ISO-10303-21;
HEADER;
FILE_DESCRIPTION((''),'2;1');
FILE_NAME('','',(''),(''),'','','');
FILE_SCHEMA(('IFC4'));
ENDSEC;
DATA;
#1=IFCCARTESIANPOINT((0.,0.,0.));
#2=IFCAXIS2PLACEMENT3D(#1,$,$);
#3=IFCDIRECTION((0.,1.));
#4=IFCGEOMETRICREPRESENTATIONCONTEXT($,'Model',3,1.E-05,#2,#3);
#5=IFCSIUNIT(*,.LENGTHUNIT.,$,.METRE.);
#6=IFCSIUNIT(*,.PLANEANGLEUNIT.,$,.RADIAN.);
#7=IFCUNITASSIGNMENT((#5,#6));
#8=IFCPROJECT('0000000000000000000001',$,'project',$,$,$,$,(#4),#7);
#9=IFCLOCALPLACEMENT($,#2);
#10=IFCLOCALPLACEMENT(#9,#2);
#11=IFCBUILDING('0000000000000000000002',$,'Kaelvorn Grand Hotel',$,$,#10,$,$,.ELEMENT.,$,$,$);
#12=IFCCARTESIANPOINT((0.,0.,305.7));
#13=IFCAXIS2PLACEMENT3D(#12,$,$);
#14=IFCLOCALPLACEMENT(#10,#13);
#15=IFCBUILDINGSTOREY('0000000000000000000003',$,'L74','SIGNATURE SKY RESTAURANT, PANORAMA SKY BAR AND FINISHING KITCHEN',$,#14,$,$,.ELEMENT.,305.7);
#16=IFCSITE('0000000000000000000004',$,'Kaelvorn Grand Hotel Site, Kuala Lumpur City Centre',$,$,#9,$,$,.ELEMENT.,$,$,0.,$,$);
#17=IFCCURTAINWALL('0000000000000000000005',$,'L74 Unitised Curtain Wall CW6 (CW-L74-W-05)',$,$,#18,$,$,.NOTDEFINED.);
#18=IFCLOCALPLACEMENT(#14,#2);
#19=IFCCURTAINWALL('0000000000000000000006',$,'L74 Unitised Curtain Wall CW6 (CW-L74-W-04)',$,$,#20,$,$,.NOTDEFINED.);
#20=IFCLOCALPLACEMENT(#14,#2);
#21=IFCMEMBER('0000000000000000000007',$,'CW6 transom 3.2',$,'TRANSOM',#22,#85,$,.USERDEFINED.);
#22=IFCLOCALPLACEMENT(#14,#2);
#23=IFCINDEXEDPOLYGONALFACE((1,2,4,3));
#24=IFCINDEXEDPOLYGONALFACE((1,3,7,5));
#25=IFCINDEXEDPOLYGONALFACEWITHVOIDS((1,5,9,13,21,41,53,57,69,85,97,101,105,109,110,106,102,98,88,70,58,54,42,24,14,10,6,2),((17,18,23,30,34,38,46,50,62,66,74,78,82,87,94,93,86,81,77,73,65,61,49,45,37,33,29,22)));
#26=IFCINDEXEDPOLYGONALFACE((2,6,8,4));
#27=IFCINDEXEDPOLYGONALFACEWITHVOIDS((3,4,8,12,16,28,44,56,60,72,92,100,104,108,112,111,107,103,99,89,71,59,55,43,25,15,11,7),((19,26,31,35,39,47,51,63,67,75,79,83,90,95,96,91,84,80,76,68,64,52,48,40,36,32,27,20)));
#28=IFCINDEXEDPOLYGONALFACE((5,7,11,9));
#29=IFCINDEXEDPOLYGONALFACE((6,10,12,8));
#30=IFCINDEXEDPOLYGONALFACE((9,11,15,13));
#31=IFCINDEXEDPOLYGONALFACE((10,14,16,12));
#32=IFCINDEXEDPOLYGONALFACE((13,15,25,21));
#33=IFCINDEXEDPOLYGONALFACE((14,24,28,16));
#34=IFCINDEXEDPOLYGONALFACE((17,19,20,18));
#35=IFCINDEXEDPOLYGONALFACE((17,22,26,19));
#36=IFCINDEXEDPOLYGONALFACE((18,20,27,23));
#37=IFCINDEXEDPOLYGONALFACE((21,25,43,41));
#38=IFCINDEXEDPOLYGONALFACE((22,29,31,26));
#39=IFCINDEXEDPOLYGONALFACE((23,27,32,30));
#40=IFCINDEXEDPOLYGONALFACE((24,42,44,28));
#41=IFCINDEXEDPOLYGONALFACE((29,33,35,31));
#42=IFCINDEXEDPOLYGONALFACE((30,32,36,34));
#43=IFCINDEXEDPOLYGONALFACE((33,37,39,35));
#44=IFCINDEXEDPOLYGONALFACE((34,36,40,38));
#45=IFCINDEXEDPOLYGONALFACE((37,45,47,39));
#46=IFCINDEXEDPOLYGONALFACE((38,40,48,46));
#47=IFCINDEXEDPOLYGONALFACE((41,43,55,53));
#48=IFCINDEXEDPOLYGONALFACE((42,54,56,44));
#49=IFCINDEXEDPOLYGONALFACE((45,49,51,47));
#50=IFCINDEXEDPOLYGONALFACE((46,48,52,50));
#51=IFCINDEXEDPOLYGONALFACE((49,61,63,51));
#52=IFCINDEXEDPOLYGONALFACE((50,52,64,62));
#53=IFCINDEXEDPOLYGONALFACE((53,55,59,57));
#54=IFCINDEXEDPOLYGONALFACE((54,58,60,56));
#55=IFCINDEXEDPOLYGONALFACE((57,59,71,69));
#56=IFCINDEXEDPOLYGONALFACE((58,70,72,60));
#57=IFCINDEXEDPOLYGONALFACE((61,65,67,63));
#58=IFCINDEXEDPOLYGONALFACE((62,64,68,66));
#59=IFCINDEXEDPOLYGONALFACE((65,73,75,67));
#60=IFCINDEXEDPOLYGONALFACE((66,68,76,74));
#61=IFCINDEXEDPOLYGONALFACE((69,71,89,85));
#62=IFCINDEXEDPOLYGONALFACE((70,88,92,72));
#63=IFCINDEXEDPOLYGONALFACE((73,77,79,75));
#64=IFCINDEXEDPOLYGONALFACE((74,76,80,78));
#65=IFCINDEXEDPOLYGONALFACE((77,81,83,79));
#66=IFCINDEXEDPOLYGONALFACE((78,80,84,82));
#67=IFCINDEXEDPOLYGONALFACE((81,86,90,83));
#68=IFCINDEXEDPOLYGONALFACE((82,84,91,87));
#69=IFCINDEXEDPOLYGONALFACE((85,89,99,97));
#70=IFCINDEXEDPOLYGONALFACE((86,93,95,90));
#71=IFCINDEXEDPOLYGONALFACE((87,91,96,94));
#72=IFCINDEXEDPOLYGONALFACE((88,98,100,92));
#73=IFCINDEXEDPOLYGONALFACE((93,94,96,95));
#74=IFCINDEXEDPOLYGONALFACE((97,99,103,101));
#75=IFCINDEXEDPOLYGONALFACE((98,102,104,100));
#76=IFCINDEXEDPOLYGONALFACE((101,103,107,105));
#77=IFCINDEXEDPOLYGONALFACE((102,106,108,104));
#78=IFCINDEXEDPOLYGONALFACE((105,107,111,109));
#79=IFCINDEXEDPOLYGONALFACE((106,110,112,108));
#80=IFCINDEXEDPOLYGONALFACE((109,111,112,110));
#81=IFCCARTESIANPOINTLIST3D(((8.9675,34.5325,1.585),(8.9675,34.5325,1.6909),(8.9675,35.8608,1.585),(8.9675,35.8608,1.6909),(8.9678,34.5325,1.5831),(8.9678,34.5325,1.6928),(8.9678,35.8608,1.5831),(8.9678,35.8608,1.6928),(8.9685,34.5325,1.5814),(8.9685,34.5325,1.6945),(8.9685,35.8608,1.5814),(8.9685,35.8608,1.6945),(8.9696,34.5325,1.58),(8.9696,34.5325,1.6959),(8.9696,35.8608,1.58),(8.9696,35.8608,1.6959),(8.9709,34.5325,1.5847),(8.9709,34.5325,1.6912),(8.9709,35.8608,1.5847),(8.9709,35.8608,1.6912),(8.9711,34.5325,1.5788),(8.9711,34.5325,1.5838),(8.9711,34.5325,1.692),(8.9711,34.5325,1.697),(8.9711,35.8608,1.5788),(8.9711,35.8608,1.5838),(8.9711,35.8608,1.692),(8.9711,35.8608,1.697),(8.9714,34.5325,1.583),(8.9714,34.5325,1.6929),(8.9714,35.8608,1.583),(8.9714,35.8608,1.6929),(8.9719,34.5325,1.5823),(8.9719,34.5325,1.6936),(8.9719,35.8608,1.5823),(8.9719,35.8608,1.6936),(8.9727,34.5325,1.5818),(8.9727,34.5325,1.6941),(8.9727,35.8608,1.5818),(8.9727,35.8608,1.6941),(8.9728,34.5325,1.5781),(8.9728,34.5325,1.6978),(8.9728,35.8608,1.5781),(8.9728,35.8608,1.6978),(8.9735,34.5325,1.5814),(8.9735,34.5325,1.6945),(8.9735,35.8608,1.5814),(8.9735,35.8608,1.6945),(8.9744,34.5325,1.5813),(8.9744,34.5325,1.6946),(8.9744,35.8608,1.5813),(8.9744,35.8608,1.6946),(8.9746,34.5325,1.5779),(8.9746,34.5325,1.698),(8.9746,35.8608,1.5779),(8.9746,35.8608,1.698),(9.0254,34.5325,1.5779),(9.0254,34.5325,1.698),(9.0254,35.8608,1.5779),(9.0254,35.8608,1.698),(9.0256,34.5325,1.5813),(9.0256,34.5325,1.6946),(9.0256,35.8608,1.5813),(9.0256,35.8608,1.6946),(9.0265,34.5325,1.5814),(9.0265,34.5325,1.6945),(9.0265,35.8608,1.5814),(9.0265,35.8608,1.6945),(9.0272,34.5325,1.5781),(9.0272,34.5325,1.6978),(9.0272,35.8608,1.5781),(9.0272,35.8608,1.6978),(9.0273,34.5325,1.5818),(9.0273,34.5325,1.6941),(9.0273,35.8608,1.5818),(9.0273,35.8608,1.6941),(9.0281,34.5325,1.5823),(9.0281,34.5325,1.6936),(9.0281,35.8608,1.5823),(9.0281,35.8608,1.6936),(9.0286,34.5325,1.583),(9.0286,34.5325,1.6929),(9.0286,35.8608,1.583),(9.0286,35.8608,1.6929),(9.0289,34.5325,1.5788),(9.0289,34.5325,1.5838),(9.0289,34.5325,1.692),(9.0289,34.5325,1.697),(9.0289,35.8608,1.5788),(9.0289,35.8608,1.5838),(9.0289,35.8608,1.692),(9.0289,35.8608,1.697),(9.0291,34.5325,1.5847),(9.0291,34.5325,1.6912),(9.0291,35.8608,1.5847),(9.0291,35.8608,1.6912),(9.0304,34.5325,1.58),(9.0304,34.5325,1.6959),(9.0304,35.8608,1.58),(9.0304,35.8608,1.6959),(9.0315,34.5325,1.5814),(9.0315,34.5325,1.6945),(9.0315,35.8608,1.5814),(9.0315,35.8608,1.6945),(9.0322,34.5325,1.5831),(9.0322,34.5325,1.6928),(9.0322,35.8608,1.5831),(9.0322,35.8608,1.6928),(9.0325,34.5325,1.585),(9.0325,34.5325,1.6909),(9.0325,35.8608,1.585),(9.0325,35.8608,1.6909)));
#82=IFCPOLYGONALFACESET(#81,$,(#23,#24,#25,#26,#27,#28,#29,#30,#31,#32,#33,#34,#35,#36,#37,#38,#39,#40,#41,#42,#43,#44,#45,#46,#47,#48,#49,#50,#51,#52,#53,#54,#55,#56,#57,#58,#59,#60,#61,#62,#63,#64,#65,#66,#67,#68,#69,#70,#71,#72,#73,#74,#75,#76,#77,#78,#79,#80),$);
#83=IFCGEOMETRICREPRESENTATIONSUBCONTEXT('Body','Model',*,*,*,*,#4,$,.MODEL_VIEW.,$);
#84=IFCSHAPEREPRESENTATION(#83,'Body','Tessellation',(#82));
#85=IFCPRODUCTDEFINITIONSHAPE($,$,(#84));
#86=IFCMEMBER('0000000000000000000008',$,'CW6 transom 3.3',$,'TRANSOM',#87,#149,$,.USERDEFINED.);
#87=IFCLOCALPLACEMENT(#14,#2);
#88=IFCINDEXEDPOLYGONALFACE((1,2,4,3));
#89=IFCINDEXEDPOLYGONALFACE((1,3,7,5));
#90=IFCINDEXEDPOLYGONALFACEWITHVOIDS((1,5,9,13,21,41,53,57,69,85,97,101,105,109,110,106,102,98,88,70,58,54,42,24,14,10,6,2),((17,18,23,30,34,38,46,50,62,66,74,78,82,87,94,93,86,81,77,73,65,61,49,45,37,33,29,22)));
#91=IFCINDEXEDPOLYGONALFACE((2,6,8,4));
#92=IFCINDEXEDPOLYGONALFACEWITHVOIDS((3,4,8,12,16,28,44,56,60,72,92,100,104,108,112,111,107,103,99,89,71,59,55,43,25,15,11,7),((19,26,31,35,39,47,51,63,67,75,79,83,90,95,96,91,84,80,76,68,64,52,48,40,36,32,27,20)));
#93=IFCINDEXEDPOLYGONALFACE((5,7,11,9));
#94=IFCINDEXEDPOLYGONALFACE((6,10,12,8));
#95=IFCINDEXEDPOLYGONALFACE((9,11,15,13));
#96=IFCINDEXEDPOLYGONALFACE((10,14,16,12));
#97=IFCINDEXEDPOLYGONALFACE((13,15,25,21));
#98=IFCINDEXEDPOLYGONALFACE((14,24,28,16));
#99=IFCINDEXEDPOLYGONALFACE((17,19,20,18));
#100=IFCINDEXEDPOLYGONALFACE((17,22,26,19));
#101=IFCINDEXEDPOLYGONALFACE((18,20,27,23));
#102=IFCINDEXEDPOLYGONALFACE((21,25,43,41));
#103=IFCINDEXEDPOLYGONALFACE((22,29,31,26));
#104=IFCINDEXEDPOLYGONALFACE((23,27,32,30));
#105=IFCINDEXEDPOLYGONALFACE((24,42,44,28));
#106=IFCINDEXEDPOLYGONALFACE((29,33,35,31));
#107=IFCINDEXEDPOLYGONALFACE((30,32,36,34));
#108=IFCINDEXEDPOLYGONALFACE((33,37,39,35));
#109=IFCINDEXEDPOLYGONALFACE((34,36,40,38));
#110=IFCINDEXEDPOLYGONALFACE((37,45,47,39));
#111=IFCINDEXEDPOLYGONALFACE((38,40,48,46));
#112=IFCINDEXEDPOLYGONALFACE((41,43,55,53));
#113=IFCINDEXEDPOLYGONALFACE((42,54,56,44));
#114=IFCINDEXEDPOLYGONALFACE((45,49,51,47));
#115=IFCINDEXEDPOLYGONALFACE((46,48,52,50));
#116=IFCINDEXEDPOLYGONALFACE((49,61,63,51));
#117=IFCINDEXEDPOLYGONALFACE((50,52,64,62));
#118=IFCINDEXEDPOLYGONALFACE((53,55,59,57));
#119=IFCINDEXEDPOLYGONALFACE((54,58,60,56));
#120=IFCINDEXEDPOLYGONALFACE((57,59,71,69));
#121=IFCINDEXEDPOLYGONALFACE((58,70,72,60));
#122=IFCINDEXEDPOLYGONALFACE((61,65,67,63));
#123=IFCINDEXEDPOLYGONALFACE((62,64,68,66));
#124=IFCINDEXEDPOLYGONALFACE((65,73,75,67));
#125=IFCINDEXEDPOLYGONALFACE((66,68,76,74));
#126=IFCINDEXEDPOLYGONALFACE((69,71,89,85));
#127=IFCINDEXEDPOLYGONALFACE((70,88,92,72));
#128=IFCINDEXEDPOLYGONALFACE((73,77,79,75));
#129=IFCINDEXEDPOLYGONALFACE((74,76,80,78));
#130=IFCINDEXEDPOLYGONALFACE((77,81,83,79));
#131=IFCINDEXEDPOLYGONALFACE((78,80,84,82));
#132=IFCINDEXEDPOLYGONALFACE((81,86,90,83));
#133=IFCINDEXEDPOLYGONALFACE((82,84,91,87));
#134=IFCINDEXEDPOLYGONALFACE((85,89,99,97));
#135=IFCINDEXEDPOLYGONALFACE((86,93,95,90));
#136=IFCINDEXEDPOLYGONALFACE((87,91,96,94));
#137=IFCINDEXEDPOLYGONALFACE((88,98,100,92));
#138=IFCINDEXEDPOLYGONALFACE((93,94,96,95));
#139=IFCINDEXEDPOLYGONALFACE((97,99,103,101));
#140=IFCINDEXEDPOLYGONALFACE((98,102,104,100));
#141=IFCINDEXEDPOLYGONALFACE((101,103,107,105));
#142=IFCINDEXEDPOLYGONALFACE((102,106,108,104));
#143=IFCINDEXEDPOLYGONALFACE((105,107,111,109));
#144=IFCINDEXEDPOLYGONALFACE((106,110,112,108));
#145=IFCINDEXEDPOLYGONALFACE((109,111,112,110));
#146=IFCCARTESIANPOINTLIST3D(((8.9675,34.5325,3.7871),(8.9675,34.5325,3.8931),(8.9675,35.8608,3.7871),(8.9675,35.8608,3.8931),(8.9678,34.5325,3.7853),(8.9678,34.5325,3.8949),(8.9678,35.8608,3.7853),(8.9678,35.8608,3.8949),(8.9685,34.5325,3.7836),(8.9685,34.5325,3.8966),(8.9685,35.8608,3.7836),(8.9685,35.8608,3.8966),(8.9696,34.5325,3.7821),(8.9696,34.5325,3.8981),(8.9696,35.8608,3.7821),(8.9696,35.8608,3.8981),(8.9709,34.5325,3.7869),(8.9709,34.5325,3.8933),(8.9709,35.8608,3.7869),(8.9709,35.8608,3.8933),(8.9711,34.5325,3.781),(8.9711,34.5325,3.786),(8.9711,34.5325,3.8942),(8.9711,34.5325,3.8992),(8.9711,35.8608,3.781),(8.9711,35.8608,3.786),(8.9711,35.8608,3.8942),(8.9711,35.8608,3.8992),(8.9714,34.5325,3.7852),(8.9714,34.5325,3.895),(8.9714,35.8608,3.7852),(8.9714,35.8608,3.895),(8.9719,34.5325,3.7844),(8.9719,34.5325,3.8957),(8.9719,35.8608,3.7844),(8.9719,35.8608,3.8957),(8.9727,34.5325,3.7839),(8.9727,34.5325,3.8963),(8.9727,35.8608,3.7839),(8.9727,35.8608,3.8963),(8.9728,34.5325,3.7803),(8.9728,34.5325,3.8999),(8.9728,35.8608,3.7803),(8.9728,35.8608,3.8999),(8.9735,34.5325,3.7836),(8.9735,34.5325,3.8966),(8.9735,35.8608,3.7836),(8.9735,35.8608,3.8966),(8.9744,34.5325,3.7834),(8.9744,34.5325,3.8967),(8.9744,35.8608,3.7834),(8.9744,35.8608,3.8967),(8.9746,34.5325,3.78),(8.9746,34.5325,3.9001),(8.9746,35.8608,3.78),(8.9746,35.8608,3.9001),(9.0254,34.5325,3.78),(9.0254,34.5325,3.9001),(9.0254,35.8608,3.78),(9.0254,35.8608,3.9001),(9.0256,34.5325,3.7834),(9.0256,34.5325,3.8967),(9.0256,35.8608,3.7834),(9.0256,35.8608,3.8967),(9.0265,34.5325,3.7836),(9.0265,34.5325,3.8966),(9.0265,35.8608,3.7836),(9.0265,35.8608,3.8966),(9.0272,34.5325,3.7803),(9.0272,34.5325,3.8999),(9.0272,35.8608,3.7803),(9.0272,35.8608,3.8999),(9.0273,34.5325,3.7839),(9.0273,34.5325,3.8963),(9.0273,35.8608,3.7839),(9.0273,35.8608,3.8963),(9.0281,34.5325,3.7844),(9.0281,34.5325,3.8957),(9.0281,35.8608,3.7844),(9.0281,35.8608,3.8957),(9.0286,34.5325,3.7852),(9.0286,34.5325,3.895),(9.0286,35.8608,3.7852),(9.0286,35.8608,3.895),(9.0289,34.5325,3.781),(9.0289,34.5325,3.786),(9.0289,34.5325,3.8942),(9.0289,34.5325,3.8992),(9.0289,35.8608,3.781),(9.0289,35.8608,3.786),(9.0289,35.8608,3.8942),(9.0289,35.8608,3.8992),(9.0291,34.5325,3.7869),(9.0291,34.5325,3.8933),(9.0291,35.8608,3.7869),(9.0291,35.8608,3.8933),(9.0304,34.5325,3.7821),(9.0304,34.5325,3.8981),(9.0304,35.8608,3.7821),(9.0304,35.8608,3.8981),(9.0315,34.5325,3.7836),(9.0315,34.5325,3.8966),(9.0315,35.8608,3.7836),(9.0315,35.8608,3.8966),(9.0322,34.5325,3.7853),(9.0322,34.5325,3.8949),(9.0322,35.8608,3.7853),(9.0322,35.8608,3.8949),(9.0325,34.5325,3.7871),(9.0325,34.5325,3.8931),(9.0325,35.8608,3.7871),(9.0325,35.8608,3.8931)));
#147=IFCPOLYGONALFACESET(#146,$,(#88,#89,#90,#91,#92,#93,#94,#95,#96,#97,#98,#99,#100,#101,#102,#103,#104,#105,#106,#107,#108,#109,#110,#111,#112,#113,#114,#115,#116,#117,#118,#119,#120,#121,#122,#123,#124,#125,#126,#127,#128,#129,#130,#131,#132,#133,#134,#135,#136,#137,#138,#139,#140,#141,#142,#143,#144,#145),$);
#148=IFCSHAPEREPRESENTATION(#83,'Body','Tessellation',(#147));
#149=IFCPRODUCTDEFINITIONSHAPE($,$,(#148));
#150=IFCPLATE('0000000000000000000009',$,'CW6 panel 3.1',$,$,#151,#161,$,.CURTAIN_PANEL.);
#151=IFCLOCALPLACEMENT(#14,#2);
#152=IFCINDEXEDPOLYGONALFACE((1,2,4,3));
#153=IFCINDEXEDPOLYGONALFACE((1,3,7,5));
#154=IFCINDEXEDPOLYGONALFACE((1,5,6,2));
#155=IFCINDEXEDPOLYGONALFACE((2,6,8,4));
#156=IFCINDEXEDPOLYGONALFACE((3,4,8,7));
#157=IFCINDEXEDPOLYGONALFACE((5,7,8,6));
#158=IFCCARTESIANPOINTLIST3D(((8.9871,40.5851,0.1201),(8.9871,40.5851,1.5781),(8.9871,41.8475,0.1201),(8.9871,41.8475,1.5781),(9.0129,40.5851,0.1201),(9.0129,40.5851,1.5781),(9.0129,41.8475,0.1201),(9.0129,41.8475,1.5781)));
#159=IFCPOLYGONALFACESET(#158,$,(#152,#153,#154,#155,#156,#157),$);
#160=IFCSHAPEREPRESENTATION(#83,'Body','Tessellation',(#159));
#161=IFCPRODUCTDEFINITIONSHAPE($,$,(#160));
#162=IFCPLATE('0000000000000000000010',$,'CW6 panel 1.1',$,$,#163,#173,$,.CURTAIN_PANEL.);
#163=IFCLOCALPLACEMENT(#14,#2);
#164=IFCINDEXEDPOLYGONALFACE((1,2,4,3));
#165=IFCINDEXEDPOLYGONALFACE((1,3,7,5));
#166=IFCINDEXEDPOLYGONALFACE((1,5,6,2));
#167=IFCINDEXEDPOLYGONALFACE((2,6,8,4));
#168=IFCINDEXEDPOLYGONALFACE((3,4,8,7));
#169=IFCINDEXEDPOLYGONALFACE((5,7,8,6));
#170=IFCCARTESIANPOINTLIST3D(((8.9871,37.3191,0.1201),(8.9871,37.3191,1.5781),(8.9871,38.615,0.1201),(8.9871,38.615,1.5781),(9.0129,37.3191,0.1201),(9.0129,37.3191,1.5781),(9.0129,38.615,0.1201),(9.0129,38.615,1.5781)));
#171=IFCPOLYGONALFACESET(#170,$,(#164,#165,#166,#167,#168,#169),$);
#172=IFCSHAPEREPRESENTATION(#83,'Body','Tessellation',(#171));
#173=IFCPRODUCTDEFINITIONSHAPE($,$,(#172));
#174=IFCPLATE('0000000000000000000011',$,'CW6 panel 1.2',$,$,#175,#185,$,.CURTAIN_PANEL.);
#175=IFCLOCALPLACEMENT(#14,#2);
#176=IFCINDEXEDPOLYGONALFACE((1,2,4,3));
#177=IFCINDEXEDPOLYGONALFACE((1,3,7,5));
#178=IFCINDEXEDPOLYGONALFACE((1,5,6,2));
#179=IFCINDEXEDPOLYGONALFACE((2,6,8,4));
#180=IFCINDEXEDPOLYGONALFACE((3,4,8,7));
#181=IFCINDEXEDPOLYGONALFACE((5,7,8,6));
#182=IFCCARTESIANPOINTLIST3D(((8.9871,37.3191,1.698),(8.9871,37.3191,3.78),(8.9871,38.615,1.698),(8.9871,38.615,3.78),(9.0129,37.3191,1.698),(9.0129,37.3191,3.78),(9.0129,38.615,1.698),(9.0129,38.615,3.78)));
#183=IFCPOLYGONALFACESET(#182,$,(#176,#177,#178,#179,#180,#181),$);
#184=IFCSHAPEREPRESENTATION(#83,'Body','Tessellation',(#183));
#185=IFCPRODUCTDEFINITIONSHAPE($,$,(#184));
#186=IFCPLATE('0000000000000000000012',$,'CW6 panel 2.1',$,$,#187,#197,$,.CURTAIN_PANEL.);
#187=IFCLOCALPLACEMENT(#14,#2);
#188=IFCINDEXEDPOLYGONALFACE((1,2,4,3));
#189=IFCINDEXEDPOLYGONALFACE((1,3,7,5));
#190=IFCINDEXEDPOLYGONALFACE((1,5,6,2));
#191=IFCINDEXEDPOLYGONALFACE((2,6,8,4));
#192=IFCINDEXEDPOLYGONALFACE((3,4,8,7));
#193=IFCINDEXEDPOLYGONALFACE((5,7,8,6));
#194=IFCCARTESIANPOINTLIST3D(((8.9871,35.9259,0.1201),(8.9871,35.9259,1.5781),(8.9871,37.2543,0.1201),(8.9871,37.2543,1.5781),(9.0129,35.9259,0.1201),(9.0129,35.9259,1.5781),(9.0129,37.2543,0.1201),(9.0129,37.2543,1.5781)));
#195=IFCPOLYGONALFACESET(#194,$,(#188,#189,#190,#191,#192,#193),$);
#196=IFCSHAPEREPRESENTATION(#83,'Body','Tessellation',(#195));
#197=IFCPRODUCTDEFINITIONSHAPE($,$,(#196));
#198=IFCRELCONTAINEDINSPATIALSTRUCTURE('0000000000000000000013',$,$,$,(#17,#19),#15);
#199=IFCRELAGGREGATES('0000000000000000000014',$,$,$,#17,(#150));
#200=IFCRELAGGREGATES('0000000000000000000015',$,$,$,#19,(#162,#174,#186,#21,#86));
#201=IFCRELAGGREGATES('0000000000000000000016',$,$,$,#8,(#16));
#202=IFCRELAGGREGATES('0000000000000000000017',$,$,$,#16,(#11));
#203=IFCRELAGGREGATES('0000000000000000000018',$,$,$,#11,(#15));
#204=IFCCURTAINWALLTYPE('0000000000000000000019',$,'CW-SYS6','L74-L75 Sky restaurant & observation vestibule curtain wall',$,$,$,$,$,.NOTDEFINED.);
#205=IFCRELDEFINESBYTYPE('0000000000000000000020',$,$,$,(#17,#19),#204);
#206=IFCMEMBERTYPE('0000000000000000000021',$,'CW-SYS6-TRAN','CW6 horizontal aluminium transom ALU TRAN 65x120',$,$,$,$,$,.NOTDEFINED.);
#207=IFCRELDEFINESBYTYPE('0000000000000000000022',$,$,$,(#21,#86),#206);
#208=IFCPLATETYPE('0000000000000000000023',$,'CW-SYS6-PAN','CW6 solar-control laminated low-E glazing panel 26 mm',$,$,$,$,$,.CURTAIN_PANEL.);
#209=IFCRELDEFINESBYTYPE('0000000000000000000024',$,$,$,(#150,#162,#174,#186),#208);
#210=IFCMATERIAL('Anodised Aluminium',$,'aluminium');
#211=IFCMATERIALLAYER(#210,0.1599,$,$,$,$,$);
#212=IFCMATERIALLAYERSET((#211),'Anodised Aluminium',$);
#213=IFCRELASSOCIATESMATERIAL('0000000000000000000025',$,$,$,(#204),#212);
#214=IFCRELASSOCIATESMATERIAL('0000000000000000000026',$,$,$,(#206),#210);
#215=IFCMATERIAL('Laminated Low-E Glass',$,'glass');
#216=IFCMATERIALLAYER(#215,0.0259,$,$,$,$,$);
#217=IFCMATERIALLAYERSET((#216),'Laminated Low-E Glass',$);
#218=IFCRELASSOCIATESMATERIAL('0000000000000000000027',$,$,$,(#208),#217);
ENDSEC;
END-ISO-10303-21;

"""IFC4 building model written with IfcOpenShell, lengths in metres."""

from ifc_helpers import new_model, si_unit, direction, frame, origin, origin_2d, place, context, subcontext, project, spatial, rectangle, hollow_rectangle, extrude, material, layer, layer_set, material_profile, profile_set, type_object, element, aggregate, save


model = new_model("IFC4")

# Units and contexts
model_context = context("Model", 3, precision=1e-05, world=origin(), true_north=direction((0.0, 1.0)))
body_context = subcontext(model_context, "Body", "Model", "MODEL_VIEW")
ifc_project = project(units=[si_unit("LENGTHUNIT", "METRE"), si_unit("PLANEANGLEUNIT", "RADIAN")], contexts=[model_context])

# Site, building, storey
site_placement = place(None, origin())
site = spatial("IfcSite", under=ifc_project, at=site_placement, Name="Kaelvorn Grand Hotel Site, Kuala Lumpur City Centre", CompositionType="ELEMENT", RefElevation=0.0)
building_placement = place(site_placement, origin())
building = spatial("IfcBuilding", under=site, at=building_placement, Name="Kaelvorn Grand Hotel", CompositionType="ELEMENT")
storey_placement = place(building_placement, frame((0.0, 0.0, 305.7)))
storey = spatial("IfcBuildingStorey", under=building, at=storey_placement, Name="L74", Description="SIGNATURE SKY RESTAURANT, PANORAMA SKY BAR AND FINISHING KITCHEN", CompositionType="ELEMENT", Elevation=305.7)

# Curtain wall
ifc_material_1 = material(Name="Anodised Aluminium", Category="aluminium")
ifc_layer_1 = layer(ifc_material_1, 0.1599)
ifc_layer_set_1 = layer_set([ifc_layer_1], Name="Anodised Aluminium")
curtain_wall_type = type_object("IfcCurtainWallType", Name="CW-SYS6", Description="L74-L75 Sky restaurant & observation vestibule curtain wall", PredefinedType="NOTDEFINED", material=ifc_layer_set_1)
curtain_wall_1_placement = place(storey_placement, origin())
curtain_wall_1 = element("IfcCurtainWall", 1, at=curtain_wall_1_placement, inside=storey, type_object=curtain_wall_type, Name="L74 Unitised Curtain Wall CW6 (CW-L74-W-05)", PredefinedType="NOTDEFINED")

# Curtain wall, members
curtain_wall_2_placement = place(storey_placement, origin())
curtain_wall_2 = element("IfcCurtainWall", 2, at=curtain_wall_2_placement, inside=storey, type_object=curtain_wall_type, Name="L74 Unitised Curtain Wall CW6 (CW-L74-W-04)", PredefinedType="NOTDEFINED")
ifc_material_profile_1 = material_profile(ifc_material_1, hollow_rectangle(XDim=0.0649, YDim=0.1201, WallThickness=0.0034, InnerFilletRadius=0.0034, OuterFilletRadius=0.0071, at=origin_2d()), Name="ALU TRAN 65x120")
ifc_profile_set_1 = profile_set([ifc_material_profile_1], Name="Anodised Aluminium")
member_type_1 = type_object("IfcMemberType", Name="CW-SYS6-TRAN", Description="CW6 horizontal aluminium transom ALU TRAN 65x120", PredefinedType="NOTDEFINED", material=ifc_profile_set_1)
member_1_placement = place(storey_placement, frame((9.0, 35.8608, 1.6379), z_axis=(0.0, -1.0, 0.0), x_axis=(1.0, 0.0, 0.0)))
member_1 = element("IfcMember", 3, at=member_1_placement, type_object=member_type_1, Name="CW6 transom 3.2", ObjectType="TRANSOM", PredefinedType="USERDEFINED", context=body_context, shape_type="SweptSolid", body=[
    extrude(hollow_rectangle(XDim=0.0649, YDim=0.1201, WallThickness=0.0034, InnerFilletRadius=0.0034, OuterFilletRadius=0.0071, at=origin_2d()), origin(), (0.0, 0.0, 1.0), 1.3284),
])
member_2_placement = place(storey_placement, frame((9.0, 35.8608, 3.8401), z_axis=(0.0, -1.0, 0.0), x_axis=(1.0, 0.0, 0.0)))
member_2 = element("IfcMember", 4, at=member_2_placement, type_object=member_type_1, Name="CW6 transom 3.3", ObjectType="TRANSOM", PredefinedType="USERDEFINED", context=body_context, shape_type="SweptSolid", body=[
    extrude(hollow_rectangle(XDim=0.0649, YDim=0.1201, WallThickness=0.0034, InnerFilletRadius=0.0034, OuterFilletRadius=0.0071, at=origin_2d()), origin(), (0.0, 0.0, 1.0), 1.3284),
])

# Plates
ifc_material_2 = material(Name="Laminated Low-E Glass", Category="glass")
ifc_layer_2 = layer(ifc_material_2, 0.0259)
ifc_layer_set_2 = layer_set([ifc_layer_2], Name="Laminated Low-E Glass")
plate_type = type_object("IfcPlateType", Name="CW-SYS6-PAN", Description="CW6 solar-control laminated low-E glazing panel 26 mm", PredefinedType="CURTAIN_PANEL", material=ifc_layer_set_2)
plate_1_placement = place(storey_placement, frame((9.0, 41.2163, 0.1201), z_axis=(0.0, 0.0, 1.0), x_axis=(0.0, -1.0, 0.0)))
plate_1 = element("IfcPlate", 5, at=plate_1_placement, type_object=plate_type, Name="CW6 panel 3.1", PredefinedType="CURTAIN_PANEL", context=body_context, shape_type="SweptSolid", body=[
    extrude(rectangle(XDim=1.2625, YDim=0.0259, at=origin_2d()), origin(), (0.0, 0.0, 1.0), 1.458),
])
aggregate(curtain_wall_1, [plate_1])
plate_2_placement = place(storey_placement, frame((9.0, 37.967, 0.1201), z_axis=(0.0, 0.0, 1.0), x_axis=(0.0, -1.0, 0.0)))
plate_2 = element("IfcPlate", 6, at=plate_2_placement, type_object=plate_type, Name="CW6 panel 1.1", PredefinedType="CURTAIN_PANEL", context=body_context, shape_type="SweptSolid", body=[
    extrude(rectangle(XDim=1.2959, YDim=0.0259, at=origin_2d()), origin(), (0.0, 0.0, 1.0), 1.458),
])
plate_3_placement = place(storey_placement, frame((9.0, 37.967, 1.698), z_axis=(0.0, 0.0, 1.0), x_axis=(0.0, -1.0, 0.0)))
plate_3 = element("IfcPlate", 7, at=plate_3_placement, type_object=plate_type, Name="CW6 panel 1.2", PredefinedType="CURTAIN_PANEL", context=body_context, shape_type="SweptSolid", body=[
    extrude(rectangle(XDim=1.2959, YDim=0.0259, at=origin_2d()), origin(), (0.0, 0.0, 1.0), 2.082),
])
plate_4_placement = place(storey_placement, frame((9.0, 36.5901, 0.1201), z_axis=(0.0, 0.0, 1.0), x_axis=(0.0, -1.0, 0.0)))
plate_4 = element("IfcPlate", 8, at=plate_4_placement, type_object=plate_type, Name="CW6 panel 2.1", PredefinedType="CURTAIN_PANEL", context=body_context, shape_type="SweptSolid", body=[
    extrude(rectangle(XDim=1.3284, YDim=0.0259, at=origin_2d()), origin(), (0.0, 0.0, 1.0), 1.458),
])
aggregate(curtain_wall_2, [plate_2, plate_3, plate_4, member_1, member_2])

save(model, "model.ifc")
